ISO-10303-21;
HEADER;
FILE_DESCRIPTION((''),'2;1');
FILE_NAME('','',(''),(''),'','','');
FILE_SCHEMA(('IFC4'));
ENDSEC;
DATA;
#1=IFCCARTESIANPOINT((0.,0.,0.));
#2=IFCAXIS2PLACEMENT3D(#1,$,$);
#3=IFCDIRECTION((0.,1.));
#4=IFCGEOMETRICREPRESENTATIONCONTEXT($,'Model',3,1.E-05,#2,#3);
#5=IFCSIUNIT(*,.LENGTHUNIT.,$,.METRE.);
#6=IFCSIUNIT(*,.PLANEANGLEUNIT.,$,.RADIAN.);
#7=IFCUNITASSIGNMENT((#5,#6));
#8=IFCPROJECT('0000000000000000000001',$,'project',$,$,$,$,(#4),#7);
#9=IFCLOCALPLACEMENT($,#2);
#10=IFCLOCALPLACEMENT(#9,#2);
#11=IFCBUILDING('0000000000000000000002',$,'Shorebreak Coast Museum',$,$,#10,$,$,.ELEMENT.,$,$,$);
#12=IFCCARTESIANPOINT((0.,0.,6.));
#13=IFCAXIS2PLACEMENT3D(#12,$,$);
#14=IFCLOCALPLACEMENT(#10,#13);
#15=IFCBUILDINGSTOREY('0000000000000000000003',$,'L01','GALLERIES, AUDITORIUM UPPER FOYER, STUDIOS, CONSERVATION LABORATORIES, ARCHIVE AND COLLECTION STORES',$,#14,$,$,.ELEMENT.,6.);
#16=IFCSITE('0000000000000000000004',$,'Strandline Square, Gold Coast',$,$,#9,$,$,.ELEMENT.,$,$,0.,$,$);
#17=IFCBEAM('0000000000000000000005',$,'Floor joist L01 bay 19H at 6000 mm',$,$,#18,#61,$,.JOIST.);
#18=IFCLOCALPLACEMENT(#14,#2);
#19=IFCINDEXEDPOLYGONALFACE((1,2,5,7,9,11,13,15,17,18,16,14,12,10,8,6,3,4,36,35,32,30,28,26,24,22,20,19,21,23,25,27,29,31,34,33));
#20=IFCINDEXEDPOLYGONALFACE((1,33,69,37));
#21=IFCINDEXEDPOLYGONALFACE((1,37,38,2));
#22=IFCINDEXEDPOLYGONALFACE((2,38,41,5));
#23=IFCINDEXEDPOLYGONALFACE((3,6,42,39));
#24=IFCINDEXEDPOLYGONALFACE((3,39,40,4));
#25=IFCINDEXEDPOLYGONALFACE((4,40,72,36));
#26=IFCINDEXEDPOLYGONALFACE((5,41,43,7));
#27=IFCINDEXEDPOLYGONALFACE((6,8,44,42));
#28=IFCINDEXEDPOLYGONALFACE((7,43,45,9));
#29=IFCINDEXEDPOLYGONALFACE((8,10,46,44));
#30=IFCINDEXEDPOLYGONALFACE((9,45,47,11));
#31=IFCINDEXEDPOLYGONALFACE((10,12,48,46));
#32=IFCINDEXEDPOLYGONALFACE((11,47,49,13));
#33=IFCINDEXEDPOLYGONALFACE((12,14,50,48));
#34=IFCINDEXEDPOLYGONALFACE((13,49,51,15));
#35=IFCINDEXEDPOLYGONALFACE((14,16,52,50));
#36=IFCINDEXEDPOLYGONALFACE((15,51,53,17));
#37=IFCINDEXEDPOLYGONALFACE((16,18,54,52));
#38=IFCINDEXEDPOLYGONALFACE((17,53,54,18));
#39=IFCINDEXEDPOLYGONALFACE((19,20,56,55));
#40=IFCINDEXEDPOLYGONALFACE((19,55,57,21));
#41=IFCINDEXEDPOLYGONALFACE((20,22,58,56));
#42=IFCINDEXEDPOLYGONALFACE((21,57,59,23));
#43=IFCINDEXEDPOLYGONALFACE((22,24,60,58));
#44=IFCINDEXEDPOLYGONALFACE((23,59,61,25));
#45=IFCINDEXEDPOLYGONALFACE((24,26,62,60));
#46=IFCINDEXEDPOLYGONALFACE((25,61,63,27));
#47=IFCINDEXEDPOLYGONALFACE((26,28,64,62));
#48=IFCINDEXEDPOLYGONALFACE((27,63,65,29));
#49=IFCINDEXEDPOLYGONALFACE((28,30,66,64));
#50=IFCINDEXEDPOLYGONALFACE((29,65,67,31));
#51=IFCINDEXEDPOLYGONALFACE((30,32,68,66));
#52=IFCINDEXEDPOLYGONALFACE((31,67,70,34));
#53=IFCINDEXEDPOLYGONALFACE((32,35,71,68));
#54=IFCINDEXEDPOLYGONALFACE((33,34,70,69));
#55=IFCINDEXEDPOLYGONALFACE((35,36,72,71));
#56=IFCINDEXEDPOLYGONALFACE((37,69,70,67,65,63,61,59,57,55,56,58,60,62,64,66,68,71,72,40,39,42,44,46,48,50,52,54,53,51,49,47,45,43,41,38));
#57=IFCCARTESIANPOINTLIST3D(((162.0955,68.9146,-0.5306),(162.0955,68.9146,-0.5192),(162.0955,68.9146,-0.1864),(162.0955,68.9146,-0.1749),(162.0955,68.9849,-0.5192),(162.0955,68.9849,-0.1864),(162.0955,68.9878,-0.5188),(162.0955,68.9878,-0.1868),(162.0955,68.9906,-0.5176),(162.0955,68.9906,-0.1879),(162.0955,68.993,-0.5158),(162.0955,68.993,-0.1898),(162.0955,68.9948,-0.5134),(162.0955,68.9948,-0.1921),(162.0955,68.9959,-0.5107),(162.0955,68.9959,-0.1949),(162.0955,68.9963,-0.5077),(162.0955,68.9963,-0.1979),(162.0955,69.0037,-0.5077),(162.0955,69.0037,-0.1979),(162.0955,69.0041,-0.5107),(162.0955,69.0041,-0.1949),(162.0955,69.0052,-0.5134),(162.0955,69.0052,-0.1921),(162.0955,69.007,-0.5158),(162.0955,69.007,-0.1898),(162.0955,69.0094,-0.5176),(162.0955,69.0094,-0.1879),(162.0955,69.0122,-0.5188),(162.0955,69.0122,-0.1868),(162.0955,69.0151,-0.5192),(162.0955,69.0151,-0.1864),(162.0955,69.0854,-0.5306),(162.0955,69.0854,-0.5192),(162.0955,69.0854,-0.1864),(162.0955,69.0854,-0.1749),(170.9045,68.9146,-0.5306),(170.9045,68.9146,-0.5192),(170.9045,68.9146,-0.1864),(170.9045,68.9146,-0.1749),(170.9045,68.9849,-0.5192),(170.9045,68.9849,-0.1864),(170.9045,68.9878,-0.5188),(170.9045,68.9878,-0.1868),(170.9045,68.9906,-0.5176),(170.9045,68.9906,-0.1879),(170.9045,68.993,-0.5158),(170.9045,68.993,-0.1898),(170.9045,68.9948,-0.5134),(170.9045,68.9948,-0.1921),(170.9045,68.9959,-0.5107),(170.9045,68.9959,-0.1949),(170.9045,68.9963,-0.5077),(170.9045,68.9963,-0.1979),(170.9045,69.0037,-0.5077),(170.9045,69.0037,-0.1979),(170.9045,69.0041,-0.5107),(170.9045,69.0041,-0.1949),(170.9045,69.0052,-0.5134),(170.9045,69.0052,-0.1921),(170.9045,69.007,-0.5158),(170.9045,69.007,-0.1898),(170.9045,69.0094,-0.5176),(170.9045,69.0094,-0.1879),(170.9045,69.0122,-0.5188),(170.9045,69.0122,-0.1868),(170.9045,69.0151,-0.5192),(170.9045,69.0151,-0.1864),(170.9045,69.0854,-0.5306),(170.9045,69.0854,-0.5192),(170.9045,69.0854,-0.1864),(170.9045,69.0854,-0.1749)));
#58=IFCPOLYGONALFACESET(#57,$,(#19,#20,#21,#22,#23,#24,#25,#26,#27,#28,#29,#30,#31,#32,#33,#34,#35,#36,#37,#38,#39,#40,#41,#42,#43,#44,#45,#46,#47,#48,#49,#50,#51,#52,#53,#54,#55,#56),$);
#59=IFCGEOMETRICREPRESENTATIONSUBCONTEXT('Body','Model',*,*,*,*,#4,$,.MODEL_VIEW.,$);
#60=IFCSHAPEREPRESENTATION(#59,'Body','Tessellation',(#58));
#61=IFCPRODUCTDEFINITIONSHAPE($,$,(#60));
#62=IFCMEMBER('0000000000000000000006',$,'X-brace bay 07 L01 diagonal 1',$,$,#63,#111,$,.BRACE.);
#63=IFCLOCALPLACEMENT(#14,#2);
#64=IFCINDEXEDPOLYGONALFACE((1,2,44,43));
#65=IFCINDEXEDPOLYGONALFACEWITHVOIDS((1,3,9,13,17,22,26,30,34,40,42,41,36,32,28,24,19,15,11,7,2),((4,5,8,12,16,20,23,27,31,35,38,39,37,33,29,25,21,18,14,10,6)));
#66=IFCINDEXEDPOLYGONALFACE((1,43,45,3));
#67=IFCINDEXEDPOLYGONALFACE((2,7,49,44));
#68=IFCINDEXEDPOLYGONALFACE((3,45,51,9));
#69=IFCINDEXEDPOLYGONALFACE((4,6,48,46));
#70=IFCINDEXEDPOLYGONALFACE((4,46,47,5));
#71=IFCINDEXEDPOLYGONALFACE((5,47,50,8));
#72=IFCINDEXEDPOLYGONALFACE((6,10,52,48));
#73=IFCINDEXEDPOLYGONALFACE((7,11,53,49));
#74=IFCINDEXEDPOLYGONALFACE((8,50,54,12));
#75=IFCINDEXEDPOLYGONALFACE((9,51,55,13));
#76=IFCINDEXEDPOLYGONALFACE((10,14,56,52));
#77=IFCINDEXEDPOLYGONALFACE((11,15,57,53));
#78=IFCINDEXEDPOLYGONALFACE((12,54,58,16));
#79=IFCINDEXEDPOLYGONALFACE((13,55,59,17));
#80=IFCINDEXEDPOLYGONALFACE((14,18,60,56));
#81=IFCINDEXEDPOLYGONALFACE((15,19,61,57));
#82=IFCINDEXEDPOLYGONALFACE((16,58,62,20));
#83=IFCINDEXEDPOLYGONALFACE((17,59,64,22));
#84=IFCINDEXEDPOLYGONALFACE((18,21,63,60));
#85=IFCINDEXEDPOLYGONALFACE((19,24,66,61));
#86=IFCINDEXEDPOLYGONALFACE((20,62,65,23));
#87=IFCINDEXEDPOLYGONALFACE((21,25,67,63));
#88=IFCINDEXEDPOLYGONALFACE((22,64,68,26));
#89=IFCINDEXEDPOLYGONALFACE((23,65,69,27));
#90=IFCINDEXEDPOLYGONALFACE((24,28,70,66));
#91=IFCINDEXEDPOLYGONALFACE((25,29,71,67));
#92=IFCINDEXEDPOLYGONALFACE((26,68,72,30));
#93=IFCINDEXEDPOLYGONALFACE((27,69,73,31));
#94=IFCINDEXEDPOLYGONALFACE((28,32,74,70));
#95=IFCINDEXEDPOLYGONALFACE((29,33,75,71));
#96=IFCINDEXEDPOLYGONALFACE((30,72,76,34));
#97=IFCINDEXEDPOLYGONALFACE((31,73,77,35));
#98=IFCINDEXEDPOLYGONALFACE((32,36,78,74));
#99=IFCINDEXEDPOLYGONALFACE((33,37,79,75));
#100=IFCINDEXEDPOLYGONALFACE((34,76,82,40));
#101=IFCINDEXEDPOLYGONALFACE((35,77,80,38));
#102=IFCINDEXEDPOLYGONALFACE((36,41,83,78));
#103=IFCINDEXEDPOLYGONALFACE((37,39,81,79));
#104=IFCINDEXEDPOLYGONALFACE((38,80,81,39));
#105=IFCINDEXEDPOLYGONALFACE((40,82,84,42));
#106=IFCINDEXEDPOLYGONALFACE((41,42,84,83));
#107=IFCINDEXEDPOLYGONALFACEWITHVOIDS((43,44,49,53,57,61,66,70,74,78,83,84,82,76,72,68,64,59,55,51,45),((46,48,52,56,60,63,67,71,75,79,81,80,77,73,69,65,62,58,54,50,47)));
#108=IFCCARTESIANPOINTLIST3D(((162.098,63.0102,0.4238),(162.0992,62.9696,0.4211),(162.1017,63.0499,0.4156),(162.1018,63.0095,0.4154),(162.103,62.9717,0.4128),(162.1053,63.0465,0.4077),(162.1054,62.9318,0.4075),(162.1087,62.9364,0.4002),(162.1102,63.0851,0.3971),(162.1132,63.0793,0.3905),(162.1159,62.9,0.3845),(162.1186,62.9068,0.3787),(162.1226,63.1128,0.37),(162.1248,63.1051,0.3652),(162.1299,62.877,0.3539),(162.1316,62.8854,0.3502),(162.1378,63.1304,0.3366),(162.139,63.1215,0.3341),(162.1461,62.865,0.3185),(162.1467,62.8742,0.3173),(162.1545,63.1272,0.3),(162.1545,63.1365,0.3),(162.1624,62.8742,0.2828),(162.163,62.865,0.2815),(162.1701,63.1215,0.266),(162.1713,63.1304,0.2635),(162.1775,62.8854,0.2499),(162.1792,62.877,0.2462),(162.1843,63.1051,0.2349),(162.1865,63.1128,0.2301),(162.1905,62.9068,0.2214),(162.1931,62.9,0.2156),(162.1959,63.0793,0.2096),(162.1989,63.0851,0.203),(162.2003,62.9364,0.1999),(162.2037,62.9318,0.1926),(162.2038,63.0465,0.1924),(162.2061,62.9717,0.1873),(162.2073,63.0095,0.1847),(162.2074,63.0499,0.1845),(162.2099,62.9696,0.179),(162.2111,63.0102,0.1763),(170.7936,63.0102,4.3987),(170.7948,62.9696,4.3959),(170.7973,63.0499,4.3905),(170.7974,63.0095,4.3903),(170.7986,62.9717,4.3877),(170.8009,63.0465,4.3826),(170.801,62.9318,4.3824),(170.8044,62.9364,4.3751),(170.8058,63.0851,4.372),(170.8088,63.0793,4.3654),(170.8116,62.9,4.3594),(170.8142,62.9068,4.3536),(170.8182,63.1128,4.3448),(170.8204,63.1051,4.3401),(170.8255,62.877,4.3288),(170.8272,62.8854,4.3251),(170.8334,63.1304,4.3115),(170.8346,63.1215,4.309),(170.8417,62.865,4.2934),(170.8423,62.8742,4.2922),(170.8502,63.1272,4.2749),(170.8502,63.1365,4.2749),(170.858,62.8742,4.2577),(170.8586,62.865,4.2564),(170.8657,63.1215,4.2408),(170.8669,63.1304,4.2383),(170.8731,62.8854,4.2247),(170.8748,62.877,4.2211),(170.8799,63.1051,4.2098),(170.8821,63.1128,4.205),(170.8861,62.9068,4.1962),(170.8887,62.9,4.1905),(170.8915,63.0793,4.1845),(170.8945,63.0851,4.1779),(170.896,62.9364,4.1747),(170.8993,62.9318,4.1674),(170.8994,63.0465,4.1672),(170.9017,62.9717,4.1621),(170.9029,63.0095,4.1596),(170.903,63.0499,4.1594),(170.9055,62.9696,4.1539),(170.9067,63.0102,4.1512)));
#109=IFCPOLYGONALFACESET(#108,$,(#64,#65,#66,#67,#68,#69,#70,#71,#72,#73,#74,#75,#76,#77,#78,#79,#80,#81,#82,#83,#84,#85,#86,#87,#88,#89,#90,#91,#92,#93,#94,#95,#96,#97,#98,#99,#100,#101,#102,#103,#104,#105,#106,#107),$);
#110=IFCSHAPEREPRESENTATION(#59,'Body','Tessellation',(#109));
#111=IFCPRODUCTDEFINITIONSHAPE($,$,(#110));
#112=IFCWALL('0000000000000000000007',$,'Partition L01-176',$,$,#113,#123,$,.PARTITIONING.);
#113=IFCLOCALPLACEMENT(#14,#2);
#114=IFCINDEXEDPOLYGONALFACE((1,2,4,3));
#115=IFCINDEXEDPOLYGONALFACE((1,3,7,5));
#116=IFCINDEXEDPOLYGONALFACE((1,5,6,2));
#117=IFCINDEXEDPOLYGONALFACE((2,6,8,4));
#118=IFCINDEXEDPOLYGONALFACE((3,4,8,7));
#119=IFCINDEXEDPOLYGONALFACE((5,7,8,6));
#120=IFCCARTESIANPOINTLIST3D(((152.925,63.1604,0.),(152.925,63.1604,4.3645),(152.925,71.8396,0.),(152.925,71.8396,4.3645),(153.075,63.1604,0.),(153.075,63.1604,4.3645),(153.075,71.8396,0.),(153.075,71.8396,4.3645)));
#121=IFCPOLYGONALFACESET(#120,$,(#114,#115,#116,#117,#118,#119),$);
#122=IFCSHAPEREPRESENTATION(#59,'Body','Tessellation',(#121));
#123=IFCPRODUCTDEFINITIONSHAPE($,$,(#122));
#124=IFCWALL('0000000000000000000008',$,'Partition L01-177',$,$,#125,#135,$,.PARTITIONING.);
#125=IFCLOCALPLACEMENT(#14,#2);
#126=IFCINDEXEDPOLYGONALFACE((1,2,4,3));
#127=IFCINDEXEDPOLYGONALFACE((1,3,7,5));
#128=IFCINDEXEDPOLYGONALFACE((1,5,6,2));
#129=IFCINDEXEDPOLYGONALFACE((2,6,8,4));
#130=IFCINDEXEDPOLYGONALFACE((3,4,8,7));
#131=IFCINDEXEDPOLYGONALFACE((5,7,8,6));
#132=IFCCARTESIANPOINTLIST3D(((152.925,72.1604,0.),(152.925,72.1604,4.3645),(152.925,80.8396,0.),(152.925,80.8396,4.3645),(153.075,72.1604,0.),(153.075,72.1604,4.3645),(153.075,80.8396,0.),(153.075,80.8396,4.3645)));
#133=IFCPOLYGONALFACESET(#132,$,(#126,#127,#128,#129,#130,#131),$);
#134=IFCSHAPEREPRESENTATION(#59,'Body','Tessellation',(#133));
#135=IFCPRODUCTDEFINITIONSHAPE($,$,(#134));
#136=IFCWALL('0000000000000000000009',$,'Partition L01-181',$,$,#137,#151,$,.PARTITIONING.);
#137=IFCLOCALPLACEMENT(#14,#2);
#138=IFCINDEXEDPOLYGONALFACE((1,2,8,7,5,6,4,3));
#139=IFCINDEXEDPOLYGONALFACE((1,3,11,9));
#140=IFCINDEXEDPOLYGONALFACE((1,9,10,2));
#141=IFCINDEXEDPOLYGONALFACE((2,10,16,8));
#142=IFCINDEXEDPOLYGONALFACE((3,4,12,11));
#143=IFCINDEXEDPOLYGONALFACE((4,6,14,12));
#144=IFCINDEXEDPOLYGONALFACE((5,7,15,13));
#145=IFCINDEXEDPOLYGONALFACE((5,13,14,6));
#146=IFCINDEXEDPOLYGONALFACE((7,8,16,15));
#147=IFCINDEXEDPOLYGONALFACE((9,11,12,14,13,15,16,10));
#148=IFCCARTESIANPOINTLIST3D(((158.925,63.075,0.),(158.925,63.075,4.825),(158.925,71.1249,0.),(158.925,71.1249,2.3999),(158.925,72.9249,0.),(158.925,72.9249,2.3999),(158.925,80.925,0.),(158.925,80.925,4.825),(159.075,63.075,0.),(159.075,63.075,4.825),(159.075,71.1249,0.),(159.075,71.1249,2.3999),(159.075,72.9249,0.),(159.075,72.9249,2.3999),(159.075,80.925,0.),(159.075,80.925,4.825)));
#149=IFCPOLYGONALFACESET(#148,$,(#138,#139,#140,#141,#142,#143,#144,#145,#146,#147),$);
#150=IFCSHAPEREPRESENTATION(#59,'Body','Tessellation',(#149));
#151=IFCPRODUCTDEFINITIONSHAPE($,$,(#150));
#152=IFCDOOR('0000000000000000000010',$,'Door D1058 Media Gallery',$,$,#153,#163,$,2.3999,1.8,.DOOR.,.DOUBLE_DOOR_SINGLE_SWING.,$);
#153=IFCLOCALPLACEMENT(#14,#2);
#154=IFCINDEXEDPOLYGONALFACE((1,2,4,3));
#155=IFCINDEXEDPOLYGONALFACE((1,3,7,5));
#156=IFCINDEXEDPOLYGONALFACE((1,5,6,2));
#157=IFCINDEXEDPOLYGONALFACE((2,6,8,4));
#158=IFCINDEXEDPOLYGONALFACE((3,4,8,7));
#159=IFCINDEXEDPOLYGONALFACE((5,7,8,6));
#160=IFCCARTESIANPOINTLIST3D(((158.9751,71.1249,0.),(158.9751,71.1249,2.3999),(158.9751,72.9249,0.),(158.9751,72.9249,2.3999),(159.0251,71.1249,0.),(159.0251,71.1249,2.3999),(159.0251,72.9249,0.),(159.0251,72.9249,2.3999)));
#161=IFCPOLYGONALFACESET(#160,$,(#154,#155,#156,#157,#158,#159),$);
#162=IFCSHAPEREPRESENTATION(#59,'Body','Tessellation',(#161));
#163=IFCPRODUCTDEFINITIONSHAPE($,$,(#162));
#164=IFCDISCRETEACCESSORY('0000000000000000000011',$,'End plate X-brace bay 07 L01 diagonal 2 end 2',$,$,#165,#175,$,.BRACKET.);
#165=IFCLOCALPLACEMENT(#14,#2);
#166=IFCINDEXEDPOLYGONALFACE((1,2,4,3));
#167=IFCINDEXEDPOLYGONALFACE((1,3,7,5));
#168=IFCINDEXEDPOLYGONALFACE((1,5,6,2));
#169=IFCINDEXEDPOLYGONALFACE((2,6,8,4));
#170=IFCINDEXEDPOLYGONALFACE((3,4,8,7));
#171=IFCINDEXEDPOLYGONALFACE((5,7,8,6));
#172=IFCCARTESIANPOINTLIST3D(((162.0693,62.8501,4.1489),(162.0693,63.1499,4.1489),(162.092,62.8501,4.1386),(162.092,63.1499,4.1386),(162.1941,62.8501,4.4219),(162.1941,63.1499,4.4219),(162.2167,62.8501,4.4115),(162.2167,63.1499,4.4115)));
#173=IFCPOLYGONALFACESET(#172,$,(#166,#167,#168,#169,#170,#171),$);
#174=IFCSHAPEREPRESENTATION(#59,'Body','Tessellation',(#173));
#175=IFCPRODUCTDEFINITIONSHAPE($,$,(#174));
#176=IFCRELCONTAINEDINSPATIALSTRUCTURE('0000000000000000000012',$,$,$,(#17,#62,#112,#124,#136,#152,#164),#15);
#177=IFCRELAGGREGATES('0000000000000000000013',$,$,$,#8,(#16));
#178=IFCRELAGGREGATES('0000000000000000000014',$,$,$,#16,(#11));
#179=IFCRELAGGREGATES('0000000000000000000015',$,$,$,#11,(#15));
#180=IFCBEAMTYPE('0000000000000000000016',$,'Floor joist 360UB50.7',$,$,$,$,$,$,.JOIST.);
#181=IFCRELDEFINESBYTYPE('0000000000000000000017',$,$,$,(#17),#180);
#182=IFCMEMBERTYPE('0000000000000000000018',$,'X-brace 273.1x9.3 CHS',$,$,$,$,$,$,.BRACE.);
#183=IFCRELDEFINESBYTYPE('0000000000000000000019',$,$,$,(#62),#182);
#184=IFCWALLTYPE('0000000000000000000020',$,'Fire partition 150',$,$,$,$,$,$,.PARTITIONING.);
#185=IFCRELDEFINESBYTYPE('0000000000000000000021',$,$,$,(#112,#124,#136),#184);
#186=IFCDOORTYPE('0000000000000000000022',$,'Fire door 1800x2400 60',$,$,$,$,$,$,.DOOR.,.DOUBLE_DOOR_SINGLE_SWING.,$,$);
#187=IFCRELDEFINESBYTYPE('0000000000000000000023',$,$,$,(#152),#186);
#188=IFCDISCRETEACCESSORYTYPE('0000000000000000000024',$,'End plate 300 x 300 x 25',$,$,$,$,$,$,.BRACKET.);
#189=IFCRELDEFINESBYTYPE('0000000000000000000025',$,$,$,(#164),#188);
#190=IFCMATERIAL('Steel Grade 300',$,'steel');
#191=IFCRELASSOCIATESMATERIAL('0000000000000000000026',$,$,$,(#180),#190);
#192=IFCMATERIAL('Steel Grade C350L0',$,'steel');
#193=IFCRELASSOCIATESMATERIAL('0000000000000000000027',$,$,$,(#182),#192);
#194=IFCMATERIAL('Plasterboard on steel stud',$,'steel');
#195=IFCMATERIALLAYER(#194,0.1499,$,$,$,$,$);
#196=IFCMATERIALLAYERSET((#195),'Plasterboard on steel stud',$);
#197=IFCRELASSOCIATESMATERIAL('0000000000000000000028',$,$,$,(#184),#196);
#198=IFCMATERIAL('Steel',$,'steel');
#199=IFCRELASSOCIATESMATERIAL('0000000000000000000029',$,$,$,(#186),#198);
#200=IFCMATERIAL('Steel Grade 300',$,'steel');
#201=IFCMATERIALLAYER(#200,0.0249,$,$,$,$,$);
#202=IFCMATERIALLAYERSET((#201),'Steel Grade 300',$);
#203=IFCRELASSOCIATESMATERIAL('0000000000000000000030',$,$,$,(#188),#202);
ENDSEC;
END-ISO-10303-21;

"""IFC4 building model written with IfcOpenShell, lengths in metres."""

from ifc_helpers import new_model, si_unit, direction, frame, frame_2d, origin, origin_2d, place, context, subcontext, project, spatial, polyline, rectangle, hollow_circle, i_section, outline, extrude, material, layer, layer_set, material_profile, profile_set, type_object, element, fill, save


model = new_model("IFC4")

# Units and contexts
model_context = context("Model", 3, precision=1e-05, world=origin(), true_north=direction((0.0, 1.0)))
body_context = subcontext(model_context, "Body", "Model", "MODEL_VIEW")
ifc_project = project(units=[si_unit("LENGTHUNIT", "METRE"), si_unit("PLANEANGLEUNIT", "RADIAN")], contexts=[model_context])

# Site, building, storey
site_placement = place(None, origin())
site = spatial("IfcSite", under=ifc_project, at=site_placement, Name="Strandline Square, Gold Coast", CompositionType="ELEMENT", RefElevation=0.0)
building_placement = place(site_placement, origin())
building = spatial("IfcBuilding", under=site, at=building_placement, Name="Shorebreak Coast Museum", CompositionType="ELEMENT")
storey_placement = place(building_placement, frame((0.0, 0.0, 6.0)))
storey = spatial("IfcBuildingStorey", under=building, at=storey_placement, Name="L01", Description="GALLERIES, AUDITORIUM UPPER FOYER, STUDIOS, CONSERVATION LABORATORIES, ARCHIVE AND COLLECTION STORES", CompositionType="ELEMENT", Elevation=6.0)

# Beam
ifc_material_1 = material(Name="Steel Grade 300", Category="steel")
ifc_material_profile_1 = material_profile(ifc_material_1, i_section(OverallWidth=0.1709, OverallDepth=0.3557, WebThickness=0.0073, FlangeThickness=0.0115, FilletRadius=0.0115, at=origin_2d()), Name="360UB50.7")
ifc_profile_set_1 = profile_set([ifc_material_profile_1], Name="Steel Grade 300")
beam_type_1 = type_object("IfcBeamType", Name="Floor joist 360UB50.7", PredefinedType="JOIST", material=ifc_profile_set_1)
for number, where, z_axis, x_axis, name in (
    (1, (162.0955, 69.0, -0.3528), (1.0, 0.0, 0.0), (0.0, 1.0, 0.0), "Floor joist L01 bay 19H at 6000 mm"),
):
    element("IfcBeam", number, at=place(storey_placement, frame(where, z_axis=z_axis, x_axis=x_axis)), inside=storey, type_object=beam_type_1, Name=name, PredefinedType="JOIST", context=body_context, shape_type="SweptSolid", body=[
        extrude(i_section(OverallWidth=0.1709, OverallDepth=0.3557, WebThickness=0.0073, FlangeThickness=0.0115, FilletRadius=0.0115, at=origin_2d()), origin(), (0.0, 0.0, 1.0), 8.8091),
    ])

# Member
ifc_material_2 = material(Name="Steel Grade C350L0", Category="steel")
ifc_material_profile_2 = material_profile(ifc_material_2, hollow_circle(Radius=0.1365, WallThickness=0.0093, at=origin_2d()), Name="273.1x9.3 CHS")
ifc_profile_set_2 = profile_set([ifc_material_profile_2], Name="Steel Grade C350L0")
member_type = type_object("IfcMemberType", Name="X-brace 273.1x9.3 CHS", PredefinedType="BRACE", material=ifc_profile_set_2)
member_placement = place(storey_placement, frame((162.1545, 63.0, 0.3), z_axis=(0.909485, 0.0, 0.415737), x_axis=(0.0, 1.0, 0.0)))
element("IfcMember", 2, at=member_placement, inside=storey, type_object=member_type, Name="X-brace bay 07 L01 diagonal 1", PredefinedType="BRACE", context=body_context, shape_type="SweptSolid", body=[
    extrude(hollow_circle(Radius=0.1365, WallThickness=0.0093, at=origin_2d()), origin(), (0.0, 0.0, 1.0), 9.561),
])

# Walls
ifc_material_3 = material(Name="Plasterboard on steel stud", Category="steel")
ifc_layer_1 = layer(ifc_material_3, 0.1499)
ifc_layer_set_1 = layer_set([ifc_layer_1], Name="Plasterboard on steel stud")
wall_type = type_object("IfcWallType", Name="Fire partition 150", PredefinedType="PARTITIONING", material=ifc_layer_set_1)
for number, where, z_axis, x_axis, name in (
    (3, (153.0, 63.1604, 0.0), (0.0, 0.0, 1.0), (0.0, 1.0, 0.0), "Partition L01-176"),
    (4, (153.0, 72.1604, 0.0), (0.0, 0.0, 1.0), (0.0, 1.0, 0.0), "Partition L01-177"),
):
    element("IfcWall", number, at=place(storey_placement, frame(where, z_axis=z_axis, x_axis=x_axis)), inside=storey, type_object=wall_type, Name=name, PredefinedType="PARTITIONING", context=body_context, shape_type="SweptSolid", body=[
        extrude(rectangle(XDim=8.6792, YDim=0.1499, at=frame_2d((4.3396, 0.0))), origin(), (0.0, 0.0, 1.0), 4.3645),
    ])

# Wall, opening, door
wall_placement = place(storey_placement, frame((159.0, 63.075, 0.0), z_axis=(0.0, 0.0, 1.0), x_axis=(0.0, 1.0, 0.0)))
wall = element("IfcWall", 5, at=wall_placement, inside=storey, type_object=wall_type, Name="Partition L01-181", PredefinedType="PARTITIONING", context=body_context, shape_type="SweptSolid", body=[
    extrude(rectangle(XDim=17.8501, YDim=0.1499, at=frame_2d((8.925, 0.0))), origin(), (0.0, 0.0, 1.0), 4.825),
])
opening_placement = place(wall_placement, frame((8.05, 0.0, 0.0)))
opening = element("IfcOpeningElement", 6, at=opening_placement, cuts=wall, PredefinedType="OPENING", context=body_context, shape_type="SweptSolid", body=[
    extrude(rectangle(XDim=1.8, YDim=2.3999, at=frame_2d((0.8999, 1.2))), frame((0.0, 0.085, 0.0), z_axis=(0.0, -1.0, 0.0), x_axis=(1.0, 0.0, 0.0)), (0.0, 0.0, 1.0), 0.1699),
])
ifc_material_4 = material(Name="Steel", Category="steel")
door_type = type_object("IfcDoorType", Name="Fire door 1800x2400 60", OperationType="DOUBLE_DOOR_SINGLE_SWING", PredefinedType="DOOR", material=ifc_material_4)
door_placement = place(opening_placement, origin())
door = element("IfcDoor", 7, at=door_placement, inside=storey, type_object=door_type, Name="Door D1058 Media Gallery", OperationType="DOUBLE_DOOR_SINGLE_SWING", OverallHeight=2.3999, OverallWidth=1.8, PredefinedType="DOOR", context=body_context, shape_type="SweptSolid", body=[
    extrude(rectangle(XDim=1.8, YDim=2.3999, at=frame_2d((0.8999, 1.2))), frame((0.0, 0.0249, 0.0), z_axis=(0.0, -1.0, 0.0), x_axis=(1.0, 0.0, 0.0)), (0.0, 0.0, 1.0), 0.05),
])
fill(opening, door)

# Discrete accessory
ifc_material_5 = material(Name="Steel Grade 300", Category="steel")
ifc_layer_2 = layer(ifc_material_5, 0.0249)
ifc_layer_set_2 = layer_set([ifc_layer_2], Name="Steel Grade 300")
discrete_accessory_type = type_object("IfcDiscreteAccessoryType", Name="End plate 300 x 300 x 25", PredefinedType="BRACKET", material=ifc_layer_set_2)
discrete_accessory_placement = place(storey_placement, frame((162.0693, 63.1499, 4.1489), z_axis=(-0.909501, 0.0, 0.415702), x_axis=(0.0, -1.0, 0.0)))
element("IfcDiscreteAccessory", 8, at=discrete_accessory_placement, inside=storey, type_object=discrete_accessory_type, Name="End plate X-brace bay 07 L01 diagonal 2 end 2", PredefinedType="BRACKET", context=body_context, shape_type="SweptSolid", body=[
    extrude(outline(polyline([(0.0, 0.0), (0.2998, 0.0), (0.2998, 0.3001), (0.0, 0.3001), (0.0, 0.0)])), origin(), (0.0, 0.0, -1.0), 0.0249),
])

save(model, "model.ifc")
